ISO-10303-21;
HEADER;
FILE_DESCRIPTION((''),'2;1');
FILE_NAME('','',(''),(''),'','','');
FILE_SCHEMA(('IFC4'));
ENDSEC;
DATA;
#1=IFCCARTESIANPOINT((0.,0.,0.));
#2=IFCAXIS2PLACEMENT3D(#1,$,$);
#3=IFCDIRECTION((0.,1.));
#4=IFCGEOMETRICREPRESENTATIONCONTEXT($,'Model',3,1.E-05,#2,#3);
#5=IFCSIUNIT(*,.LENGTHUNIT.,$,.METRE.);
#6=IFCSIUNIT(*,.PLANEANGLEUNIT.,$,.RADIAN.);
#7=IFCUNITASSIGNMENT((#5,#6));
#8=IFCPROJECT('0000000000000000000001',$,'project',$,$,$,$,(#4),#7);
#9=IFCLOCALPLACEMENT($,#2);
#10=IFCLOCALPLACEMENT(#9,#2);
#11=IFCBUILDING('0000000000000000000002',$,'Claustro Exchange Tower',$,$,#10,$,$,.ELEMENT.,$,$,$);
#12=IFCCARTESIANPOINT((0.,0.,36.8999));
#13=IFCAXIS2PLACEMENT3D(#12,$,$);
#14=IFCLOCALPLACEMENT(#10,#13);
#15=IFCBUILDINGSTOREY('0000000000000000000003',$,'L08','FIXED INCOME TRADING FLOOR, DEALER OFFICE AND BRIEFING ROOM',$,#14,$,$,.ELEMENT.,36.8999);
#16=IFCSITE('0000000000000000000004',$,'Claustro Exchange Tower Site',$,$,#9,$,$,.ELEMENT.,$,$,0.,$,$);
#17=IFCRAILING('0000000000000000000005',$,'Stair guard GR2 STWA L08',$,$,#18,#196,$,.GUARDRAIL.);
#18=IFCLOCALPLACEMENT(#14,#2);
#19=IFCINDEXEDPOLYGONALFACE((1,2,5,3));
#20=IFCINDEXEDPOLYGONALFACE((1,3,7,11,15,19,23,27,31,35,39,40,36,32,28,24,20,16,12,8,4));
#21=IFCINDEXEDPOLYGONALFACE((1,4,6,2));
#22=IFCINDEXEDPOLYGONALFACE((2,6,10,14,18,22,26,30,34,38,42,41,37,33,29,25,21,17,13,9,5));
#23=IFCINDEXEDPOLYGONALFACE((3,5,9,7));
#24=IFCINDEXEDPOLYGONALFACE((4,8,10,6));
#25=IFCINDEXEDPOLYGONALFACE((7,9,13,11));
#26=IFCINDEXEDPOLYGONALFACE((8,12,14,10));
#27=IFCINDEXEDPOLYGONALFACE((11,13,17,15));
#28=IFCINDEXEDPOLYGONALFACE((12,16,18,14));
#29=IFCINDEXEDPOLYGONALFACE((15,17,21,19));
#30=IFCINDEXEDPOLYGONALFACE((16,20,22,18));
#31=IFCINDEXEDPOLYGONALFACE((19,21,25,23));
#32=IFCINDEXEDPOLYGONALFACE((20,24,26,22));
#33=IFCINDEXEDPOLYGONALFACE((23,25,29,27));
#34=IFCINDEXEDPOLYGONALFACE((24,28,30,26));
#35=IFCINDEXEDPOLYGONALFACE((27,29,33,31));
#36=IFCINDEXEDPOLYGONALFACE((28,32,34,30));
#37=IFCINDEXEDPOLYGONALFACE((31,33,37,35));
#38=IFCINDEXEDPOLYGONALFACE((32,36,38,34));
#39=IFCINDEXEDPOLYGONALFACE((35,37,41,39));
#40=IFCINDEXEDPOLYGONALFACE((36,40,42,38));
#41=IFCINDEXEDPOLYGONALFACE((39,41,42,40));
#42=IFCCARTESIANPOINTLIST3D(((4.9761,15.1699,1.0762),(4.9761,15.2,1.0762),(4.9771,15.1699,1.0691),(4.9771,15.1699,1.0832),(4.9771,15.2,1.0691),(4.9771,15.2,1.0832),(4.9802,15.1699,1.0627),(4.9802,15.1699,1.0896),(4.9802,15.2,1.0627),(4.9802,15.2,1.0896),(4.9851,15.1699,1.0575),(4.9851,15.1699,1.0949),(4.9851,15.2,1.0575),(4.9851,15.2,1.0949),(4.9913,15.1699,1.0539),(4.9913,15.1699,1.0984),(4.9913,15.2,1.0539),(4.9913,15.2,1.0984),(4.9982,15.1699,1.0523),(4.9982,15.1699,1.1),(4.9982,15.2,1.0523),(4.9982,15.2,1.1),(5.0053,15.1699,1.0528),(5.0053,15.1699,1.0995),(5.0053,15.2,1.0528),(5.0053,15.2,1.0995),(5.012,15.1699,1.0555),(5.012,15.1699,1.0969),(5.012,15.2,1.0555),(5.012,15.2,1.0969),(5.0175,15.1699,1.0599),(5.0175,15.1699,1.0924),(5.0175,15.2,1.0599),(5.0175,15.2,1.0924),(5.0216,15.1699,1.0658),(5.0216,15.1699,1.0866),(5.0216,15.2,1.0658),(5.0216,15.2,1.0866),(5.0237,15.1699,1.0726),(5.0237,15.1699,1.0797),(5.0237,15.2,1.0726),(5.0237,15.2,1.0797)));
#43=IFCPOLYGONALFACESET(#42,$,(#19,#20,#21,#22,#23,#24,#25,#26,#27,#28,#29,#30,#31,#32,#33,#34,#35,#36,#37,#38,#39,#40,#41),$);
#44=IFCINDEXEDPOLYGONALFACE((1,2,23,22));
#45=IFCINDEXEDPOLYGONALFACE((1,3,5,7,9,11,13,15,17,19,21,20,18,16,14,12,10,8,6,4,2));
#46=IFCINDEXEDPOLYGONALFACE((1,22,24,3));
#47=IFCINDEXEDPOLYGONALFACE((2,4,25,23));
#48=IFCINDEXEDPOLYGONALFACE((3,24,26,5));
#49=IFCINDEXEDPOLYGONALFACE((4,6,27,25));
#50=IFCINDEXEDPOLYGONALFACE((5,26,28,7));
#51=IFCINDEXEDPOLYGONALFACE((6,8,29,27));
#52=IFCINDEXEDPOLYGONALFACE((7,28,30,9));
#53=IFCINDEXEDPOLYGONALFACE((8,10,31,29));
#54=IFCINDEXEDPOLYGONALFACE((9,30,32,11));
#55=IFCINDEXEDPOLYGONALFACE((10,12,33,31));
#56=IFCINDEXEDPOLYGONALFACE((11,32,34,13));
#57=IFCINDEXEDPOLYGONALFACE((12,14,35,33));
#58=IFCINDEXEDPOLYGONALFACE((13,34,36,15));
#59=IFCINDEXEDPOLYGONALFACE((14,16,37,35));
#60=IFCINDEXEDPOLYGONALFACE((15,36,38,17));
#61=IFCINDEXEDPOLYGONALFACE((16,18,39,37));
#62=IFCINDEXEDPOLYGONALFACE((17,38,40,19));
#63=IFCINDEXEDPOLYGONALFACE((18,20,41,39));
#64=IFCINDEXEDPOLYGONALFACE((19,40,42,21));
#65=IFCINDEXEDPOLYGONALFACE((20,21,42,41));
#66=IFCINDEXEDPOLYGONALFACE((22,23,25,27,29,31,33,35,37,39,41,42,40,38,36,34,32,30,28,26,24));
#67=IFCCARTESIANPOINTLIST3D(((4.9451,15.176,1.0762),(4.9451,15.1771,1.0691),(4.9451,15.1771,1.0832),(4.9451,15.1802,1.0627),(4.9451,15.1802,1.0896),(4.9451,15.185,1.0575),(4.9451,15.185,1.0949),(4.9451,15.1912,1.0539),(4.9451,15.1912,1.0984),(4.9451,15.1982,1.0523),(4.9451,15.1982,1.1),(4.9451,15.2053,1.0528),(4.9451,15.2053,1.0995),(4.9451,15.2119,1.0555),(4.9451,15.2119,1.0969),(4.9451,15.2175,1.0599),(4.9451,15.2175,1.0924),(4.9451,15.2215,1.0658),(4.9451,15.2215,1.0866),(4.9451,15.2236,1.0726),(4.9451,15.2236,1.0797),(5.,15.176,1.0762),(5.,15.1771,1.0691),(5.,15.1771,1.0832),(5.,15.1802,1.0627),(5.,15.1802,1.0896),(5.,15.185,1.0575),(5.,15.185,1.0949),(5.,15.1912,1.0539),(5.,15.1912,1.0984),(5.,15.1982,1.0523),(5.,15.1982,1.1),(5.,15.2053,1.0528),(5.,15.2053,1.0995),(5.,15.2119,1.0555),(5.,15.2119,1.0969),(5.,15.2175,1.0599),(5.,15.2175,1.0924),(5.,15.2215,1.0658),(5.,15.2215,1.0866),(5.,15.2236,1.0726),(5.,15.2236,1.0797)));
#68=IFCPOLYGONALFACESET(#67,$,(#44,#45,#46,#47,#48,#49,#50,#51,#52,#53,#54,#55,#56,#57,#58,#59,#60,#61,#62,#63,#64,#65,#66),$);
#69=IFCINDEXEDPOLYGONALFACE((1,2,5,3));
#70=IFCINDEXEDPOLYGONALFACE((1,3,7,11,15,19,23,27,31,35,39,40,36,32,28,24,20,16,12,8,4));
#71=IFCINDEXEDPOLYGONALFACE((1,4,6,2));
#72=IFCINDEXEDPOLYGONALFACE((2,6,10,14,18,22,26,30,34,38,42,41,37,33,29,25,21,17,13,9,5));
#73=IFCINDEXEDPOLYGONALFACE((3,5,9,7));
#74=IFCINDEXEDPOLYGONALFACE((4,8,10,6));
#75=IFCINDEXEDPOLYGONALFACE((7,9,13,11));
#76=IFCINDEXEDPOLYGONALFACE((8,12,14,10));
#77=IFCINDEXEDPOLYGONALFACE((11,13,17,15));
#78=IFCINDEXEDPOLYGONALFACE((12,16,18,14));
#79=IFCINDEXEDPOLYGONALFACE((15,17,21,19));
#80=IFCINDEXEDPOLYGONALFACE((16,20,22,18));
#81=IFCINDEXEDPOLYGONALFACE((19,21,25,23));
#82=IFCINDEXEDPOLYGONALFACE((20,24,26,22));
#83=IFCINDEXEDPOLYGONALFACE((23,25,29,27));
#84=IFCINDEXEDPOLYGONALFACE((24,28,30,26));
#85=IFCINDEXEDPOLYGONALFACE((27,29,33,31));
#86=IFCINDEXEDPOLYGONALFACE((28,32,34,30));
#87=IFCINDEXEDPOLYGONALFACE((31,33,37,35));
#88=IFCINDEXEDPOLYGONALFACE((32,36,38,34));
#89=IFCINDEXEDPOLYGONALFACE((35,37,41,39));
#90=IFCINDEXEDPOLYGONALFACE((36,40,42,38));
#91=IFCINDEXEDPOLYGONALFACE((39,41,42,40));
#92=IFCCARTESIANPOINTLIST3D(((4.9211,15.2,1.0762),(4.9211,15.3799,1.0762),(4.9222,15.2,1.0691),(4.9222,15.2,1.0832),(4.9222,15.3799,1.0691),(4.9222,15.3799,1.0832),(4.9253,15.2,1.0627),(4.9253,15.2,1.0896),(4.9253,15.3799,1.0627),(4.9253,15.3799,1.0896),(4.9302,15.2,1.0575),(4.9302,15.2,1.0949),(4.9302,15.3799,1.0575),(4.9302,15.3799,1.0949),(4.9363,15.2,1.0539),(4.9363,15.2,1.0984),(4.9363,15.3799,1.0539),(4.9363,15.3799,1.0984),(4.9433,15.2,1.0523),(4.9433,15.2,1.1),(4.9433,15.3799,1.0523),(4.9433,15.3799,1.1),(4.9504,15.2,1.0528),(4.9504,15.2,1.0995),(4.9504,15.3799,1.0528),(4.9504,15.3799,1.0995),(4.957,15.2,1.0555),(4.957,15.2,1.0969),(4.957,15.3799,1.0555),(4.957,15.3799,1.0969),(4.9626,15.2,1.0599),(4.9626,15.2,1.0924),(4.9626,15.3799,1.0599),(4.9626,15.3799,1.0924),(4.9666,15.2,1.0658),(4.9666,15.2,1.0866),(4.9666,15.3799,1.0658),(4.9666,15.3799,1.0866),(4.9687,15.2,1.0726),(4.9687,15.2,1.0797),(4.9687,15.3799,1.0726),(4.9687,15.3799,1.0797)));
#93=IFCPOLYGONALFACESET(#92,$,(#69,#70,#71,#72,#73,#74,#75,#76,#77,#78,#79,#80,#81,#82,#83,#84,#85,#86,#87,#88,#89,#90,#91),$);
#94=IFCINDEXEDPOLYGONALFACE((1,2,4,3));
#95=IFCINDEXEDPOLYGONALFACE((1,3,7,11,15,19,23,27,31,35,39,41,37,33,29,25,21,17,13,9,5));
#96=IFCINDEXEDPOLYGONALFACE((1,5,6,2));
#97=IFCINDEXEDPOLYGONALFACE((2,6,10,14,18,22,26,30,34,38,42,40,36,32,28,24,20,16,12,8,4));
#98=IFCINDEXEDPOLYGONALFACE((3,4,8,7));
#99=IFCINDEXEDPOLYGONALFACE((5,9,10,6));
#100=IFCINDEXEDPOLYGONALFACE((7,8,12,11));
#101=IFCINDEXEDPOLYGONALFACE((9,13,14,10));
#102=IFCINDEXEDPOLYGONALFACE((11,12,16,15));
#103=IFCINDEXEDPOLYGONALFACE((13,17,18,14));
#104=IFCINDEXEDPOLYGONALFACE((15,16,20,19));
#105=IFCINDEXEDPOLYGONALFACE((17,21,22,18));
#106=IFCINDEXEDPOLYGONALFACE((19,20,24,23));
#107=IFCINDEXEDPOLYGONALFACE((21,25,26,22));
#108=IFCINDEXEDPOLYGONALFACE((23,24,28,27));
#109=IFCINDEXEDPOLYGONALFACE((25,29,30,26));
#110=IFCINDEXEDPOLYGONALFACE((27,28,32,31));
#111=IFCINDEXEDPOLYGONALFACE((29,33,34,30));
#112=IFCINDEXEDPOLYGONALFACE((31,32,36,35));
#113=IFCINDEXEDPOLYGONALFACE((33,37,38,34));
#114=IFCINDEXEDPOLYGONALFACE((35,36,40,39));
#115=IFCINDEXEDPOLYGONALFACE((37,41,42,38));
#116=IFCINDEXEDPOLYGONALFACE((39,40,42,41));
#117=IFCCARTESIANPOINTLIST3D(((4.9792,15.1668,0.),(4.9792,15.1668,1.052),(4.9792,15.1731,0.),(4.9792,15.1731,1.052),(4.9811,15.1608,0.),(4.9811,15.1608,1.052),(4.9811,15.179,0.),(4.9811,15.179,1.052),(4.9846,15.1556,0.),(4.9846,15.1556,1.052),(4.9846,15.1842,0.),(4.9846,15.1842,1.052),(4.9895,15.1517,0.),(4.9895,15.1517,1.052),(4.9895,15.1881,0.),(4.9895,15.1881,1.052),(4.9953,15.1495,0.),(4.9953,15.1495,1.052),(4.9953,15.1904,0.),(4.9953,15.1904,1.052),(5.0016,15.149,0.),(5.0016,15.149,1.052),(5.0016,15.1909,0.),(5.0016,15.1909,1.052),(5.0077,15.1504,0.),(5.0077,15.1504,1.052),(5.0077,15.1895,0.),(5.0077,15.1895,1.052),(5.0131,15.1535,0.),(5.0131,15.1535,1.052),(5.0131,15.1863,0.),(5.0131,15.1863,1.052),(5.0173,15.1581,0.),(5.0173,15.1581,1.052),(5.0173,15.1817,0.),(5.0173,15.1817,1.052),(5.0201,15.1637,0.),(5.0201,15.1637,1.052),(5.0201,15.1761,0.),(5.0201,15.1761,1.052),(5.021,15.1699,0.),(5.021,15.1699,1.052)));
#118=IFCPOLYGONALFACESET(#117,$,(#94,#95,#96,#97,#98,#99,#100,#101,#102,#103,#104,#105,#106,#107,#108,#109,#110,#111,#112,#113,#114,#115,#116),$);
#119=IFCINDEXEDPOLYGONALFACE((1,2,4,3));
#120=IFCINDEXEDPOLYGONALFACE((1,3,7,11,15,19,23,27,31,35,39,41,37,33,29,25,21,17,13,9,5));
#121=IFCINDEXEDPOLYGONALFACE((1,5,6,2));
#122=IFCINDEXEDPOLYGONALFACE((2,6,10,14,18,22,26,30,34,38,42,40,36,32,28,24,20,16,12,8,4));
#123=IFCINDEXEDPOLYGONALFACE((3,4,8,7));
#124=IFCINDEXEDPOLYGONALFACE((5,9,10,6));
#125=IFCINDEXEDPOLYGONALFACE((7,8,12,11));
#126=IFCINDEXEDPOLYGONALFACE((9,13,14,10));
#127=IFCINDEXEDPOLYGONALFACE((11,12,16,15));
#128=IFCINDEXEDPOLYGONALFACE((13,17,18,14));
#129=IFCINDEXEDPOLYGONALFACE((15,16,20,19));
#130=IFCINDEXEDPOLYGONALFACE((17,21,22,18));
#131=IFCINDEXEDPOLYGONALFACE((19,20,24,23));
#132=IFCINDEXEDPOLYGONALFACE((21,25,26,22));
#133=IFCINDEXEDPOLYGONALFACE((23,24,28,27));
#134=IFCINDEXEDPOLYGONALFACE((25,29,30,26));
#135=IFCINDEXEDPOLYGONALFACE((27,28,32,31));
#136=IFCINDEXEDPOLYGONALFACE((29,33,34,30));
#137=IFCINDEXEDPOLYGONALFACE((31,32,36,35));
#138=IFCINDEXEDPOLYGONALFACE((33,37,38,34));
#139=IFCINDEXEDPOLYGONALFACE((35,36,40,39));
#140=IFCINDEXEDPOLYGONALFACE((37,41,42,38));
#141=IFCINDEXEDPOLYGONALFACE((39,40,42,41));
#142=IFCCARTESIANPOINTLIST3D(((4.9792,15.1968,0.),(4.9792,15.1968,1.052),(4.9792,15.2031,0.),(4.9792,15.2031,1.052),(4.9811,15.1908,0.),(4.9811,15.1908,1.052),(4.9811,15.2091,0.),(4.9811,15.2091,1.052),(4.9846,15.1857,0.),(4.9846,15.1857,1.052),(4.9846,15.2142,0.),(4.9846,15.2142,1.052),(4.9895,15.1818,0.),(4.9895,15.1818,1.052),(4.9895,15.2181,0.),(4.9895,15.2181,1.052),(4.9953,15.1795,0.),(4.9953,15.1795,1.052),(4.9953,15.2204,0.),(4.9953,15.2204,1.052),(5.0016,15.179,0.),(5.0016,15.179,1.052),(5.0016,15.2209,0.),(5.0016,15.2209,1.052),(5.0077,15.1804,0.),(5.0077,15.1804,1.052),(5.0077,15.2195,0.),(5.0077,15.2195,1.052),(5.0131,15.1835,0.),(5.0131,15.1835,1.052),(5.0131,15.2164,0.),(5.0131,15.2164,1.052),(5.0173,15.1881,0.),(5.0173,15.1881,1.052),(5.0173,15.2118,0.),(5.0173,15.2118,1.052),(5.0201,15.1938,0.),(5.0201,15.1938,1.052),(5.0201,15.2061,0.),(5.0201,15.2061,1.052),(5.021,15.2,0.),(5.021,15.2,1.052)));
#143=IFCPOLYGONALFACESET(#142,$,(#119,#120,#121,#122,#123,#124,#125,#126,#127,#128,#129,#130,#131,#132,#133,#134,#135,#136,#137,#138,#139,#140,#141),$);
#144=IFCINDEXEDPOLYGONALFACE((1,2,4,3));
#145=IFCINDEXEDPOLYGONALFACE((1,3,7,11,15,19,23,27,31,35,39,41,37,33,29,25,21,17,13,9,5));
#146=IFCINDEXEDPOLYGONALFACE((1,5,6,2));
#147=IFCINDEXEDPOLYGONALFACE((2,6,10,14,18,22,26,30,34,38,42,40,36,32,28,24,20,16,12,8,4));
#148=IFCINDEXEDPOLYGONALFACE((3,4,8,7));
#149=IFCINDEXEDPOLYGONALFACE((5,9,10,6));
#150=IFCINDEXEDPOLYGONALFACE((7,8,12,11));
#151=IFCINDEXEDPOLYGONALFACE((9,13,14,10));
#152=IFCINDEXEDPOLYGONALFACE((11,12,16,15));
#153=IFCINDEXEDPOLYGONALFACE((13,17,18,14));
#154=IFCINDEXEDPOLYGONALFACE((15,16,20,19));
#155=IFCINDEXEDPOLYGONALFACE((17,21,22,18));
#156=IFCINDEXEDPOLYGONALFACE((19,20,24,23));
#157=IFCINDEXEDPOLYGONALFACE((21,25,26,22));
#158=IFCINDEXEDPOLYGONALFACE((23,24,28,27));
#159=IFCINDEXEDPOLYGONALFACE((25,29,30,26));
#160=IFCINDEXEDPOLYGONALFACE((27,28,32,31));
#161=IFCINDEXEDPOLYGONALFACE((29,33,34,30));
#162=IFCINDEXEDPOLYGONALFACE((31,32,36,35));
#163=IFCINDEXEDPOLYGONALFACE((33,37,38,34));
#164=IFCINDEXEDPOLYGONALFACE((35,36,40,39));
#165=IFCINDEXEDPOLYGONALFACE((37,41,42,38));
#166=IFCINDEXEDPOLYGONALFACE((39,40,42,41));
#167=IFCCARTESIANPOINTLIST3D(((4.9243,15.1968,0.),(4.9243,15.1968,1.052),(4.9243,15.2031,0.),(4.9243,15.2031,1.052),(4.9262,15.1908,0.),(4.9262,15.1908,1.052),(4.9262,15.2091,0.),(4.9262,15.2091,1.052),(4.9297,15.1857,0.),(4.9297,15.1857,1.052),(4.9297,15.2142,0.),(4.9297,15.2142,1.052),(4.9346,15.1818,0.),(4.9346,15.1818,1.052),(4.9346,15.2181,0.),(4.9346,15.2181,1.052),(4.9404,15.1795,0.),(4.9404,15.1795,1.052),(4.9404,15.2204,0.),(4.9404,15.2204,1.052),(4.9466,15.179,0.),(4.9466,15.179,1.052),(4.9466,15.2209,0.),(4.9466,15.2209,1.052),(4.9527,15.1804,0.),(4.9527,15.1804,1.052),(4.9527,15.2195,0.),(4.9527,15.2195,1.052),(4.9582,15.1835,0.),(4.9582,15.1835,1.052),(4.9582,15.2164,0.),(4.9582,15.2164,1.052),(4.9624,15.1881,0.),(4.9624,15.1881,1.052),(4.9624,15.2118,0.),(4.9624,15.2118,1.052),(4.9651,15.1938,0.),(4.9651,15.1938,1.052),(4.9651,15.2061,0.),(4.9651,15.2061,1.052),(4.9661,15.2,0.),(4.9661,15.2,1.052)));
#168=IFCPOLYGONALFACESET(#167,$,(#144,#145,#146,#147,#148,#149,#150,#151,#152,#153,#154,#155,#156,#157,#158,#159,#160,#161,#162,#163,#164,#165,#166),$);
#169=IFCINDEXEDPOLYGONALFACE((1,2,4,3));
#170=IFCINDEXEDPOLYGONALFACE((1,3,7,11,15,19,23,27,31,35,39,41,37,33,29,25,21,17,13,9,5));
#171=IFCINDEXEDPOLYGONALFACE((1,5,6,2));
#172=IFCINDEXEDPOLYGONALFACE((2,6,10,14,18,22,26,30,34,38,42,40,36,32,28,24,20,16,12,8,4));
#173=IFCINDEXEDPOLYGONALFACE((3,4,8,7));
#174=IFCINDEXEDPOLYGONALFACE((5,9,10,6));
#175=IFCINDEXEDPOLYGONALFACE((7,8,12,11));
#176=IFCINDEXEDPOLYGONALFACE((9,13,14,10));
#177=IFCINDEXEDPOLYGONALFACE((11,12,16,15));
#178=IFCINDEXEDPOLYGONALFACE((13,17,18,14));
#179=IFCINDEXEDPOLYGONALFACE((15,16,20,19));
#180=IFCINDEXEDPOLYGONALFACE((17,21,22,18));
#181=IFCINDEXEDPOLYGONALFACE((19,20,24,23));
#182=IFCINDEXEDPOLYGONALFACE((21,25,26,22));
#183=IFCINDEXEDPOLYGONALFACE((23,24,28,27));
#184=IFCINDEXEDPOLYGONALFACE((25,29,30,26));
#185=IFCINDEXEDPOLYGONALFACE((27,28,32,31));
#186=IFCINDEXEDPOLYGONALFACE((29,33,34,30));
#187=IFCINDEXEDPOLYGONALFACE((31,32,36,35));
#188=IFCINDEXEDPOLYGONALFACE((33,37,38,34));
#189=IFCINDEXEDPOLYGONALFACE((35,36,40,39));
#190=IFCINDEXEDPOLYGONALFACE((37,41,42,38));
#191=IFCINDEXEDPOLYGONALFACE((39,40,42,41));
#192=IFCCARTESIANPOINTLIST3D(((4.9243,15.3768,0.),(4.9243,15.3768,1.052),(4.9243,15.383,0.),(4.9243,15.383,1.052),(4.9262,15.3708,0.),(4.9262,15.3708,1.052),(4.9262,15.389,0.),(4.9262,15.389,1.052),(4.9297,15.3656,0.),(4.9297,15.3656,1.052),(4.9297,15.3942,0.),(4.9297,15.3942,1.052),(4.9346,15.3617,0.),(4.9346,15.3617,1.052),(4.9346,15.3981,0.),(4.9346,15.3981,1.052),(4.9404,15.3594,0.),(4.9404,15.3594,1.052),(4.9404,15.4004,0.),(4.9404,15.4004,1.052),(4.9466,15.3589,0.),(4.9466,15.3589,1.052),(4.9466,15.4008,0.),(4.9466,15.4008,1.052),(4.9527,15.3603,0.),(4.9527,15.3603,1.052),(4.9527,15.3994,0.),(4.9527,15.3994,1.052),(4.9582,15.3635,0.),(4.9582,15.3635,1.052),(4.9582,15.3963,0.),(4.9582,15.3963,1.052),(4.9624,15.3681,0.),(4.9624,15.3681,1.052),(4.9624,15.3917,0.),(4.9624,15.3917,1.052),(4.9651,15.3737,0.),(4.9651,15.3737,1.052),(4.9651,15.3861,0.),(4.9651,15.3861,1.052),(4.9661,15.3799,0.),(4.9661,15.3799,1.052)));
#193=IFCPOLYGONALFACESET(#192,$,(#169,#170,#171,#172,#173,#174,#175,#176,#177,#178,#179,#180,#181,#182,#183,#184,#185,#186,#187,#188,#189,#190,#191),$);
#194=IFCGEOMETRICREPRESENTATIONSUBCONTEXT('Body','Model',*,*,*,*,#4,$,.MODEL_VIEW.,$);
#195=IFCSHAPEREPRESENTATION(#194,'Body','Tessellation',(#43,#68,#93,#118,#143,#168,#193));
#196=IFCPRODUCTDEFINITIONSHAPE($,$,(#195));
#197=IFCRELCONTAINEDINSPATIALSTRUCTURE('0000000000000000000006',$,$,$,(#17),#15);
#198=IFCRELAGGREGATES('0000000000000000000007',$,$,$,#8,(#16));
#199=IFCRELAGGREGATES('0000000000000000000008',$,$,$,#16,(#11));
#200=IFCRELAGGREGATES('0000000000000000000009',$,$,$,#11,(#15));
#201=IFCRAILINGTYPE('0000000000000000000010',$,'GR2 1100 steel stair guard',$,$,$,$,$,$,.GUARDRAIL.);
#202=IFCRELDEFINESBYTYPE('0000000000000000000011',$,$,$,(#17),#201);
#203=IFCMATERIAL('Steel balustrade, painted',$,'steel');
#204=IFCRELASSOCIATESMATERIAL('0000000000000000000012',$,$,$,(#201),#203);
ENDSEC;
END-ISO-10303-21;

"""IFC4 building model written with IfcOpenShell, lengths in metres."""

from ifc_helpers import new_model, si_unit, direction, frame, origin, origin_2d, place, context, subcontext, project, spatial, circle, extrude, material, type_object, element, save


model = new_model("IFC4")

# Units and contexts
model_context = context("Model", 3, precision=1e-05, world=origin(), true_north=direction((0.0, 1.0)))
body_context = subcontext(model_context, "Body", "Model", "MODEL_VIEW")
ifc_project = project(units=[si_unit("LENGTHUNIT", "METRE"), si_unit("PLANEANGLEUNIT", "RADIAN")], contexts=[model_context])

# Site, building, storey
site_placement = place(None, origin())
site = spatial("IfcSite", under=ifc_project, at=site_placement, Name="Claustro Exchange Tower Site", CompositionType="ELEMENT", RefElevation=0.0)
building_placement = place(site_placement, origin())
building = spatial("IfcBuilding", under=site, at=building_placement, Name="Claustro Exchange Tower", CompositionType="ELEMENT")
storey_placement = place(building_placement, frame((0.0, 0.0, 36.8999)))
storey = spatial("IfcBuildingStorey", under=building, at=storey_placement, Name="L08", Description="FIXED INCOME TRADING FLOOR, DEALER OFFICE AND BRIEFING ROOM", CompositionType="ELEMENT", Elevation=36.8999)

# Railing
ifc_material_1 = material(Name="Steel balustrade, painted", Category="steel")
railing_type_1 = type_object("IfcRailingType", Name="GR2 1100 steel stair guard", PredefinedType="GUARDRAIL", material=ifc_material_1)
railing_1_placement = place(storey_placement, frame((5.0, 15.1699, 0.0)))
element("IfcRailing", 1, at=railing_1_placement, inside=storey, type_object=railing_type_1, Name="Stair guard GR2 STWA L08", PredefinedType="GUARDRAIL", context=body_context, shape_type="SweptSolid", body=[
    extrude(circle(Radius=0.0239, at=origin_2d()), frame((0.0, 0.0, 1.0762), z_axis=(0.0, 1.0, 0.0), x_axis=(-1.0, 0.0, 0.0)), (0.0, 0.0, 1.0), 0.03),
    extrude(circle(Radius=0.0239, at=origin_2d()), frame((0.0, 0.03, 1.0762), z_axis=(-1.0, 0.0, 0.0), x_axis=(0.0, -1.0, 0.0)), (0.0, 0.0, 1.0), 0.0549),
    extrude(circle(Radius=0.0239, at=origin_2d()), frame((-0.0549, 0.03, 1.0762), z_axis=(0.0, 1.0, 0.0), x_axis=(-1.0, 0.0, 0.0)), (0.0, 0.0, 1.0), 0.1799),
    extrude(circle(Radius=0.021, at=origin_2d()), origin(), (0.0, 0.0, 1.0), 1.052),
    extrude(circle(Radius=0.021, at=origin_2d()), frame((0.0, 0.03, 0.0)), (0.0, 0.0, 1.0), 1.052),
    extrude(circle(Radius=0.021, at=origin_2d()), frame((-0.0549, 0.03, 0.0)), (0.0, 0.0, 1.0), 1.052),
    extrude(circle(Radius=0.021, at=origin_2d()), frame((-0.0549, 0.21, 0.0)), (0.0, 0.0, 1.0), 1.052),
])

save(model, "model.ifc")
